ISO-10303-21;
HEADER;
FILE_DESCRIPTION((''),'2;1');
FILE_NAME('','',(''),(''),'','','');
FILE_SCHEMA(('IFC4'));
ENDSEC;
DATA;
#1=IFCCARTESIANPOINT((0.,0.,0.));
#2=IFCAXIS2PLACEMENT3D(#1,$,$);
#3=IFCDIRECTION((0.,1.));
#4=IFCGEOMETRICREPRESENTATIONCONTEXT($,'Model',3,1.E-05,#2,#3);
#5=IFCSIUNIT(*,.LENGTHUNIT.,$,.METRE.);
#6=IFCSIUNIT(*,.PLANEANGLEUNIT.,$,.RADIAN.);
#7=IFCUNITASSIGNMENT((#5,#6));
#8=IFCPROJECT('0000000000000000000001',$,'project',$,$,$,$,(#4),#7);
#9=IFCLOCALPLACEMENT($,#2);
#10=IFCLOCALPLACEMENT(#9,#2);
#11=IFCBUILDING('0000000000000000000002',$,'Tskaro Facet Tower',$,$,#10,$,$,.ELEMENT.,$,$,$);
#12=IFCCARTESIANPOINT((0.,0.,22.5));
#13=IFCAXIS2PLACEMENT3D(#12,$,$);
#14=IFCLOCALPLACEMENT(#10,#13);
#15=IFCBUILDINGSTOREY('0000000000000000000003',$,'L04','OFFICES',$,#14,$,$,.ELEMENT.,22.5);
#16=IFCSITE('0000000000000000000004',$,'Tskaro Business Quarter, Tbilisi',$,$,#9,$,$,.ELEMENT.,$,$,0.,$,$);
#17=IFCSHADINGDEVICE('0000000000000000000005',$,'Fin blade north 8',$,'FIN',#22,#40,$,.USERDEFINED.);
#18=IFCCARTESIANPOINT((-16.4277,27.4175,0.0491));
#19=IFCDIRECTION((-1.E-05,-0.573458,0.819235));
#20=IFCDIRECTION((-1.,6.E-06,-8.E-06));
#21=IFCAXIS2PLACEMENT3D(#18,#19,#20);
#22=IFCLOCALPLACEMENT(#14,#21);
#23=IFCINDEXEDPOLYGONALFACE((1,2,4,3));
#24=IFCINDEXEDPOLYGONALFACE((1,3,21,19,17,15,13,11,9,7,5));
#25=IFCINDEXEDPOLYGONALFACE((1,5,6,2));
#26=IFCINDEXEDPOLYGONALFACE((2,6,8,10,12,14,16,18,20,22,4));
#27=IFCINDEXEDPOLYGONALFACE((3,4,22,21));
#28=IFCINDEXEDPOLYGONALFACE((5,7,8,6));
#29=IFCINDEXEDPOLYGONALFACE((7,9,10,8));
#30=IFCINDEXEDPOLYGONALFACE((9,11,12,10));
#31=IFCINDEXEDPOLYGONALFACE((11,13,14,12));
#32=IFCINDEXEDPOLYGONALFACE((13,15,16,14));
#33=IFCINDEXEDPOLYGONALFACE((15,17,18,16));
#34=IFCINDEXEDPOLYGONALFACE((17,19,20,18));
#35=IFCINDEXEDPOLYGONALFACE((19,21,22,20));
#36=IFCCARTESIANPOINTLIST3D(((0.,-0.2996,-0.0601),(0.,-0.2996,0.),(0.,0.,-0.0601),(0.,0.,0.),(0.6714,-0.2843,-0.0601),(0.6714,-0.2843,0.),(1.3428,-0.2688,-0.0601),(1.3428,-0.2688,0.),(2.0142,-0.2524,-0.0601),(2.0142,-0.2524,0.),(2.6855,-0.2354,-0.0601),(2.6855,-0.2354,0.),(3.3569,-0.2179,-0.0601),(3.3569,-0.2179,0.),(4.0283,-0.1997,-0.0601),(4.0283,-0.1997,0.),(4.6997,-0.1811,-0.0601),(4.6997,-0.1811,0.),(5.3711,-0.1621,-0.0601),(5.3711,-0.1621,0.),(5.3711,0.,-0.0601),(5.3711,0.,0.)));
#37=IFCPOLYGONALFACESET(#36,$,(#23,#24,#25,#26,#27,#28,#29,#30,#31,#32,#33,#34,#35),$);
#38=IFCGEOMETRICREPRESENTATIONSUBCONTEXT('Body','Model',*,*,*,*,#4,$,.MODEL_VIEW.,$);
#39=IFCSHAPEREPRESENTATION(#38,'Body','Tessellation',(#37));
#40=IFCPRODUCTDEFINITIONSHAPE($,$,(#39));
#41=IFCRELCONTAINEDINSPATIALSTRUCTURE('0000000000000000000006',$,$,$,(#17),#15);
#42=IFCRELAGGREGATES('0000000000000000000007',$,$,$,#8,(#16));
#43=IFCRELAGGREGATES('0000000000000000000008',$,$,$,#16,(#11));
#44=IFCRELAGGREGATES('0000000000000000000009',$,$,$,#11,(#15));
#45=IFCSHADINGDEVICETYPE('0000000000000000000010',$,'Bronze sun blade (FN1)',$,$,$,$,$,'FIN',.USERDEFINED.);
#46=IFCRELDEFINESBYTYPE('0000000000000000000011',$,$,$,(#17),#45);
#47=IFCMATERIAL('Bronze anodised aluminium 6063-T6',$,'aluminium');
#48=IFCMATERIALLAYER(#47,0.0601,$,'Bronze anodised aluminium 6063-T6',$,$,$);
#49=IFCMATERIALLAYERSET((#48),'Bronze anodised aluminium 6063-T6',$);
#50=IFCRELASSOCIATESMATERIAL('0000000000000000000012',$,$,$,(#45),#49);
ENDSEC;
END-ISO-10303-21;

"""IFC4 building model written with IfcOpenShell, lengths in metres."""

from ifc_helpers import new_model, si_unit, direction, frame, origin, place, context, subcontext, project, spatial, polyline, outline, extrude, material, layer, layer_set, type_object, element, save


model = new_model("IFC4")

# Units and contexts
model_context = context("Model", 3, precision=1e-05, world=origin(), true_north=direction((0.0, 1.0)))
body_context = subcontext(model_context, "Body", "Model", "MODEL_VIEW")
ifc_project = project(units=[si_unit("LENGTHUNIT", "METRE"), si_unit("PLANEANGLEUNIT", "RADIAN")], contexts=[model_context])

# Site, building, storey
site_placement = place(None, origin())
site = spatial("IfcSite", under=ifc_project, at=site_placement, Name="Tskaro Business Quarter, Tbilisi", CompositionType="ELEMENT", RefElevation=0.0)
building_placement = place(site_placement, origin())
building = spatial("IfcBuilding", under=site, at=building_placement, Name="Tskaro Facet Tower", CompositionType="ELEMENT")
storey_placement = place(building_placement, frame((0.0, 0.0, 22.5)))
storey = spatial("IfcBuildingStorey", under=building, at=storey_placement, Name="L04", Description="OFFICES", CompositionType="ELEMENT", Elevation=22.5)

# Shared definitions
ifc_material_1 = material(Name="Bronze anodised aluminium 6063-T6", Category="aluminium")

# Shading device
ifc_layer_1 = layer(ifc_material_1, 0.0601, Name="Bronze anodised aluminium 6063-T6")
ifc_layer_set_1 = layer_set([ifc_layer_1], Name="Bronze anodised aluminium 6063-T6")
shading_device_type = type_object("IfcShadingDeviceType", Name="Bronze sun blade (FN1)", ElementType="FIN", PredefinedType="USERDEFINED", material=ifc_layer_set_1)
shading_device_1_placement = place(storey_placement, frame((-16.4277, 27.4175, 0.0491), z_axis=(-0.00001, -0.573458, 0.819235), x_axis=(-1.0, 0.000006, -0.000008)))
element("IfcShadingDevice", 1, at=shading_device_1_placement, inside=storey, type_object=shading_device_type, Name="Fin blade north 8", ObjectType="FIN", PredefinedType="USERDEFINED", context=body_context, shape_type="SweptSolid", body=[
    extrude(outline(polyline([(0.0, 0.0), (5.3711, 0.0), (5.3711, -0.1621), (4.6997, -0.1811), (4.0283, -0.1997), (3.3569, -0.2179), (2.6855, -0.2354), (2.0142, -0.2524), (1.3428, -0.2688), (0.6714, -0.2843), (0.0, -0.2996), (0.0, 0.0)])), origin(), (0.0, 0.0, -1.0), 0.0601),
])

save(model, "model.ifc")
